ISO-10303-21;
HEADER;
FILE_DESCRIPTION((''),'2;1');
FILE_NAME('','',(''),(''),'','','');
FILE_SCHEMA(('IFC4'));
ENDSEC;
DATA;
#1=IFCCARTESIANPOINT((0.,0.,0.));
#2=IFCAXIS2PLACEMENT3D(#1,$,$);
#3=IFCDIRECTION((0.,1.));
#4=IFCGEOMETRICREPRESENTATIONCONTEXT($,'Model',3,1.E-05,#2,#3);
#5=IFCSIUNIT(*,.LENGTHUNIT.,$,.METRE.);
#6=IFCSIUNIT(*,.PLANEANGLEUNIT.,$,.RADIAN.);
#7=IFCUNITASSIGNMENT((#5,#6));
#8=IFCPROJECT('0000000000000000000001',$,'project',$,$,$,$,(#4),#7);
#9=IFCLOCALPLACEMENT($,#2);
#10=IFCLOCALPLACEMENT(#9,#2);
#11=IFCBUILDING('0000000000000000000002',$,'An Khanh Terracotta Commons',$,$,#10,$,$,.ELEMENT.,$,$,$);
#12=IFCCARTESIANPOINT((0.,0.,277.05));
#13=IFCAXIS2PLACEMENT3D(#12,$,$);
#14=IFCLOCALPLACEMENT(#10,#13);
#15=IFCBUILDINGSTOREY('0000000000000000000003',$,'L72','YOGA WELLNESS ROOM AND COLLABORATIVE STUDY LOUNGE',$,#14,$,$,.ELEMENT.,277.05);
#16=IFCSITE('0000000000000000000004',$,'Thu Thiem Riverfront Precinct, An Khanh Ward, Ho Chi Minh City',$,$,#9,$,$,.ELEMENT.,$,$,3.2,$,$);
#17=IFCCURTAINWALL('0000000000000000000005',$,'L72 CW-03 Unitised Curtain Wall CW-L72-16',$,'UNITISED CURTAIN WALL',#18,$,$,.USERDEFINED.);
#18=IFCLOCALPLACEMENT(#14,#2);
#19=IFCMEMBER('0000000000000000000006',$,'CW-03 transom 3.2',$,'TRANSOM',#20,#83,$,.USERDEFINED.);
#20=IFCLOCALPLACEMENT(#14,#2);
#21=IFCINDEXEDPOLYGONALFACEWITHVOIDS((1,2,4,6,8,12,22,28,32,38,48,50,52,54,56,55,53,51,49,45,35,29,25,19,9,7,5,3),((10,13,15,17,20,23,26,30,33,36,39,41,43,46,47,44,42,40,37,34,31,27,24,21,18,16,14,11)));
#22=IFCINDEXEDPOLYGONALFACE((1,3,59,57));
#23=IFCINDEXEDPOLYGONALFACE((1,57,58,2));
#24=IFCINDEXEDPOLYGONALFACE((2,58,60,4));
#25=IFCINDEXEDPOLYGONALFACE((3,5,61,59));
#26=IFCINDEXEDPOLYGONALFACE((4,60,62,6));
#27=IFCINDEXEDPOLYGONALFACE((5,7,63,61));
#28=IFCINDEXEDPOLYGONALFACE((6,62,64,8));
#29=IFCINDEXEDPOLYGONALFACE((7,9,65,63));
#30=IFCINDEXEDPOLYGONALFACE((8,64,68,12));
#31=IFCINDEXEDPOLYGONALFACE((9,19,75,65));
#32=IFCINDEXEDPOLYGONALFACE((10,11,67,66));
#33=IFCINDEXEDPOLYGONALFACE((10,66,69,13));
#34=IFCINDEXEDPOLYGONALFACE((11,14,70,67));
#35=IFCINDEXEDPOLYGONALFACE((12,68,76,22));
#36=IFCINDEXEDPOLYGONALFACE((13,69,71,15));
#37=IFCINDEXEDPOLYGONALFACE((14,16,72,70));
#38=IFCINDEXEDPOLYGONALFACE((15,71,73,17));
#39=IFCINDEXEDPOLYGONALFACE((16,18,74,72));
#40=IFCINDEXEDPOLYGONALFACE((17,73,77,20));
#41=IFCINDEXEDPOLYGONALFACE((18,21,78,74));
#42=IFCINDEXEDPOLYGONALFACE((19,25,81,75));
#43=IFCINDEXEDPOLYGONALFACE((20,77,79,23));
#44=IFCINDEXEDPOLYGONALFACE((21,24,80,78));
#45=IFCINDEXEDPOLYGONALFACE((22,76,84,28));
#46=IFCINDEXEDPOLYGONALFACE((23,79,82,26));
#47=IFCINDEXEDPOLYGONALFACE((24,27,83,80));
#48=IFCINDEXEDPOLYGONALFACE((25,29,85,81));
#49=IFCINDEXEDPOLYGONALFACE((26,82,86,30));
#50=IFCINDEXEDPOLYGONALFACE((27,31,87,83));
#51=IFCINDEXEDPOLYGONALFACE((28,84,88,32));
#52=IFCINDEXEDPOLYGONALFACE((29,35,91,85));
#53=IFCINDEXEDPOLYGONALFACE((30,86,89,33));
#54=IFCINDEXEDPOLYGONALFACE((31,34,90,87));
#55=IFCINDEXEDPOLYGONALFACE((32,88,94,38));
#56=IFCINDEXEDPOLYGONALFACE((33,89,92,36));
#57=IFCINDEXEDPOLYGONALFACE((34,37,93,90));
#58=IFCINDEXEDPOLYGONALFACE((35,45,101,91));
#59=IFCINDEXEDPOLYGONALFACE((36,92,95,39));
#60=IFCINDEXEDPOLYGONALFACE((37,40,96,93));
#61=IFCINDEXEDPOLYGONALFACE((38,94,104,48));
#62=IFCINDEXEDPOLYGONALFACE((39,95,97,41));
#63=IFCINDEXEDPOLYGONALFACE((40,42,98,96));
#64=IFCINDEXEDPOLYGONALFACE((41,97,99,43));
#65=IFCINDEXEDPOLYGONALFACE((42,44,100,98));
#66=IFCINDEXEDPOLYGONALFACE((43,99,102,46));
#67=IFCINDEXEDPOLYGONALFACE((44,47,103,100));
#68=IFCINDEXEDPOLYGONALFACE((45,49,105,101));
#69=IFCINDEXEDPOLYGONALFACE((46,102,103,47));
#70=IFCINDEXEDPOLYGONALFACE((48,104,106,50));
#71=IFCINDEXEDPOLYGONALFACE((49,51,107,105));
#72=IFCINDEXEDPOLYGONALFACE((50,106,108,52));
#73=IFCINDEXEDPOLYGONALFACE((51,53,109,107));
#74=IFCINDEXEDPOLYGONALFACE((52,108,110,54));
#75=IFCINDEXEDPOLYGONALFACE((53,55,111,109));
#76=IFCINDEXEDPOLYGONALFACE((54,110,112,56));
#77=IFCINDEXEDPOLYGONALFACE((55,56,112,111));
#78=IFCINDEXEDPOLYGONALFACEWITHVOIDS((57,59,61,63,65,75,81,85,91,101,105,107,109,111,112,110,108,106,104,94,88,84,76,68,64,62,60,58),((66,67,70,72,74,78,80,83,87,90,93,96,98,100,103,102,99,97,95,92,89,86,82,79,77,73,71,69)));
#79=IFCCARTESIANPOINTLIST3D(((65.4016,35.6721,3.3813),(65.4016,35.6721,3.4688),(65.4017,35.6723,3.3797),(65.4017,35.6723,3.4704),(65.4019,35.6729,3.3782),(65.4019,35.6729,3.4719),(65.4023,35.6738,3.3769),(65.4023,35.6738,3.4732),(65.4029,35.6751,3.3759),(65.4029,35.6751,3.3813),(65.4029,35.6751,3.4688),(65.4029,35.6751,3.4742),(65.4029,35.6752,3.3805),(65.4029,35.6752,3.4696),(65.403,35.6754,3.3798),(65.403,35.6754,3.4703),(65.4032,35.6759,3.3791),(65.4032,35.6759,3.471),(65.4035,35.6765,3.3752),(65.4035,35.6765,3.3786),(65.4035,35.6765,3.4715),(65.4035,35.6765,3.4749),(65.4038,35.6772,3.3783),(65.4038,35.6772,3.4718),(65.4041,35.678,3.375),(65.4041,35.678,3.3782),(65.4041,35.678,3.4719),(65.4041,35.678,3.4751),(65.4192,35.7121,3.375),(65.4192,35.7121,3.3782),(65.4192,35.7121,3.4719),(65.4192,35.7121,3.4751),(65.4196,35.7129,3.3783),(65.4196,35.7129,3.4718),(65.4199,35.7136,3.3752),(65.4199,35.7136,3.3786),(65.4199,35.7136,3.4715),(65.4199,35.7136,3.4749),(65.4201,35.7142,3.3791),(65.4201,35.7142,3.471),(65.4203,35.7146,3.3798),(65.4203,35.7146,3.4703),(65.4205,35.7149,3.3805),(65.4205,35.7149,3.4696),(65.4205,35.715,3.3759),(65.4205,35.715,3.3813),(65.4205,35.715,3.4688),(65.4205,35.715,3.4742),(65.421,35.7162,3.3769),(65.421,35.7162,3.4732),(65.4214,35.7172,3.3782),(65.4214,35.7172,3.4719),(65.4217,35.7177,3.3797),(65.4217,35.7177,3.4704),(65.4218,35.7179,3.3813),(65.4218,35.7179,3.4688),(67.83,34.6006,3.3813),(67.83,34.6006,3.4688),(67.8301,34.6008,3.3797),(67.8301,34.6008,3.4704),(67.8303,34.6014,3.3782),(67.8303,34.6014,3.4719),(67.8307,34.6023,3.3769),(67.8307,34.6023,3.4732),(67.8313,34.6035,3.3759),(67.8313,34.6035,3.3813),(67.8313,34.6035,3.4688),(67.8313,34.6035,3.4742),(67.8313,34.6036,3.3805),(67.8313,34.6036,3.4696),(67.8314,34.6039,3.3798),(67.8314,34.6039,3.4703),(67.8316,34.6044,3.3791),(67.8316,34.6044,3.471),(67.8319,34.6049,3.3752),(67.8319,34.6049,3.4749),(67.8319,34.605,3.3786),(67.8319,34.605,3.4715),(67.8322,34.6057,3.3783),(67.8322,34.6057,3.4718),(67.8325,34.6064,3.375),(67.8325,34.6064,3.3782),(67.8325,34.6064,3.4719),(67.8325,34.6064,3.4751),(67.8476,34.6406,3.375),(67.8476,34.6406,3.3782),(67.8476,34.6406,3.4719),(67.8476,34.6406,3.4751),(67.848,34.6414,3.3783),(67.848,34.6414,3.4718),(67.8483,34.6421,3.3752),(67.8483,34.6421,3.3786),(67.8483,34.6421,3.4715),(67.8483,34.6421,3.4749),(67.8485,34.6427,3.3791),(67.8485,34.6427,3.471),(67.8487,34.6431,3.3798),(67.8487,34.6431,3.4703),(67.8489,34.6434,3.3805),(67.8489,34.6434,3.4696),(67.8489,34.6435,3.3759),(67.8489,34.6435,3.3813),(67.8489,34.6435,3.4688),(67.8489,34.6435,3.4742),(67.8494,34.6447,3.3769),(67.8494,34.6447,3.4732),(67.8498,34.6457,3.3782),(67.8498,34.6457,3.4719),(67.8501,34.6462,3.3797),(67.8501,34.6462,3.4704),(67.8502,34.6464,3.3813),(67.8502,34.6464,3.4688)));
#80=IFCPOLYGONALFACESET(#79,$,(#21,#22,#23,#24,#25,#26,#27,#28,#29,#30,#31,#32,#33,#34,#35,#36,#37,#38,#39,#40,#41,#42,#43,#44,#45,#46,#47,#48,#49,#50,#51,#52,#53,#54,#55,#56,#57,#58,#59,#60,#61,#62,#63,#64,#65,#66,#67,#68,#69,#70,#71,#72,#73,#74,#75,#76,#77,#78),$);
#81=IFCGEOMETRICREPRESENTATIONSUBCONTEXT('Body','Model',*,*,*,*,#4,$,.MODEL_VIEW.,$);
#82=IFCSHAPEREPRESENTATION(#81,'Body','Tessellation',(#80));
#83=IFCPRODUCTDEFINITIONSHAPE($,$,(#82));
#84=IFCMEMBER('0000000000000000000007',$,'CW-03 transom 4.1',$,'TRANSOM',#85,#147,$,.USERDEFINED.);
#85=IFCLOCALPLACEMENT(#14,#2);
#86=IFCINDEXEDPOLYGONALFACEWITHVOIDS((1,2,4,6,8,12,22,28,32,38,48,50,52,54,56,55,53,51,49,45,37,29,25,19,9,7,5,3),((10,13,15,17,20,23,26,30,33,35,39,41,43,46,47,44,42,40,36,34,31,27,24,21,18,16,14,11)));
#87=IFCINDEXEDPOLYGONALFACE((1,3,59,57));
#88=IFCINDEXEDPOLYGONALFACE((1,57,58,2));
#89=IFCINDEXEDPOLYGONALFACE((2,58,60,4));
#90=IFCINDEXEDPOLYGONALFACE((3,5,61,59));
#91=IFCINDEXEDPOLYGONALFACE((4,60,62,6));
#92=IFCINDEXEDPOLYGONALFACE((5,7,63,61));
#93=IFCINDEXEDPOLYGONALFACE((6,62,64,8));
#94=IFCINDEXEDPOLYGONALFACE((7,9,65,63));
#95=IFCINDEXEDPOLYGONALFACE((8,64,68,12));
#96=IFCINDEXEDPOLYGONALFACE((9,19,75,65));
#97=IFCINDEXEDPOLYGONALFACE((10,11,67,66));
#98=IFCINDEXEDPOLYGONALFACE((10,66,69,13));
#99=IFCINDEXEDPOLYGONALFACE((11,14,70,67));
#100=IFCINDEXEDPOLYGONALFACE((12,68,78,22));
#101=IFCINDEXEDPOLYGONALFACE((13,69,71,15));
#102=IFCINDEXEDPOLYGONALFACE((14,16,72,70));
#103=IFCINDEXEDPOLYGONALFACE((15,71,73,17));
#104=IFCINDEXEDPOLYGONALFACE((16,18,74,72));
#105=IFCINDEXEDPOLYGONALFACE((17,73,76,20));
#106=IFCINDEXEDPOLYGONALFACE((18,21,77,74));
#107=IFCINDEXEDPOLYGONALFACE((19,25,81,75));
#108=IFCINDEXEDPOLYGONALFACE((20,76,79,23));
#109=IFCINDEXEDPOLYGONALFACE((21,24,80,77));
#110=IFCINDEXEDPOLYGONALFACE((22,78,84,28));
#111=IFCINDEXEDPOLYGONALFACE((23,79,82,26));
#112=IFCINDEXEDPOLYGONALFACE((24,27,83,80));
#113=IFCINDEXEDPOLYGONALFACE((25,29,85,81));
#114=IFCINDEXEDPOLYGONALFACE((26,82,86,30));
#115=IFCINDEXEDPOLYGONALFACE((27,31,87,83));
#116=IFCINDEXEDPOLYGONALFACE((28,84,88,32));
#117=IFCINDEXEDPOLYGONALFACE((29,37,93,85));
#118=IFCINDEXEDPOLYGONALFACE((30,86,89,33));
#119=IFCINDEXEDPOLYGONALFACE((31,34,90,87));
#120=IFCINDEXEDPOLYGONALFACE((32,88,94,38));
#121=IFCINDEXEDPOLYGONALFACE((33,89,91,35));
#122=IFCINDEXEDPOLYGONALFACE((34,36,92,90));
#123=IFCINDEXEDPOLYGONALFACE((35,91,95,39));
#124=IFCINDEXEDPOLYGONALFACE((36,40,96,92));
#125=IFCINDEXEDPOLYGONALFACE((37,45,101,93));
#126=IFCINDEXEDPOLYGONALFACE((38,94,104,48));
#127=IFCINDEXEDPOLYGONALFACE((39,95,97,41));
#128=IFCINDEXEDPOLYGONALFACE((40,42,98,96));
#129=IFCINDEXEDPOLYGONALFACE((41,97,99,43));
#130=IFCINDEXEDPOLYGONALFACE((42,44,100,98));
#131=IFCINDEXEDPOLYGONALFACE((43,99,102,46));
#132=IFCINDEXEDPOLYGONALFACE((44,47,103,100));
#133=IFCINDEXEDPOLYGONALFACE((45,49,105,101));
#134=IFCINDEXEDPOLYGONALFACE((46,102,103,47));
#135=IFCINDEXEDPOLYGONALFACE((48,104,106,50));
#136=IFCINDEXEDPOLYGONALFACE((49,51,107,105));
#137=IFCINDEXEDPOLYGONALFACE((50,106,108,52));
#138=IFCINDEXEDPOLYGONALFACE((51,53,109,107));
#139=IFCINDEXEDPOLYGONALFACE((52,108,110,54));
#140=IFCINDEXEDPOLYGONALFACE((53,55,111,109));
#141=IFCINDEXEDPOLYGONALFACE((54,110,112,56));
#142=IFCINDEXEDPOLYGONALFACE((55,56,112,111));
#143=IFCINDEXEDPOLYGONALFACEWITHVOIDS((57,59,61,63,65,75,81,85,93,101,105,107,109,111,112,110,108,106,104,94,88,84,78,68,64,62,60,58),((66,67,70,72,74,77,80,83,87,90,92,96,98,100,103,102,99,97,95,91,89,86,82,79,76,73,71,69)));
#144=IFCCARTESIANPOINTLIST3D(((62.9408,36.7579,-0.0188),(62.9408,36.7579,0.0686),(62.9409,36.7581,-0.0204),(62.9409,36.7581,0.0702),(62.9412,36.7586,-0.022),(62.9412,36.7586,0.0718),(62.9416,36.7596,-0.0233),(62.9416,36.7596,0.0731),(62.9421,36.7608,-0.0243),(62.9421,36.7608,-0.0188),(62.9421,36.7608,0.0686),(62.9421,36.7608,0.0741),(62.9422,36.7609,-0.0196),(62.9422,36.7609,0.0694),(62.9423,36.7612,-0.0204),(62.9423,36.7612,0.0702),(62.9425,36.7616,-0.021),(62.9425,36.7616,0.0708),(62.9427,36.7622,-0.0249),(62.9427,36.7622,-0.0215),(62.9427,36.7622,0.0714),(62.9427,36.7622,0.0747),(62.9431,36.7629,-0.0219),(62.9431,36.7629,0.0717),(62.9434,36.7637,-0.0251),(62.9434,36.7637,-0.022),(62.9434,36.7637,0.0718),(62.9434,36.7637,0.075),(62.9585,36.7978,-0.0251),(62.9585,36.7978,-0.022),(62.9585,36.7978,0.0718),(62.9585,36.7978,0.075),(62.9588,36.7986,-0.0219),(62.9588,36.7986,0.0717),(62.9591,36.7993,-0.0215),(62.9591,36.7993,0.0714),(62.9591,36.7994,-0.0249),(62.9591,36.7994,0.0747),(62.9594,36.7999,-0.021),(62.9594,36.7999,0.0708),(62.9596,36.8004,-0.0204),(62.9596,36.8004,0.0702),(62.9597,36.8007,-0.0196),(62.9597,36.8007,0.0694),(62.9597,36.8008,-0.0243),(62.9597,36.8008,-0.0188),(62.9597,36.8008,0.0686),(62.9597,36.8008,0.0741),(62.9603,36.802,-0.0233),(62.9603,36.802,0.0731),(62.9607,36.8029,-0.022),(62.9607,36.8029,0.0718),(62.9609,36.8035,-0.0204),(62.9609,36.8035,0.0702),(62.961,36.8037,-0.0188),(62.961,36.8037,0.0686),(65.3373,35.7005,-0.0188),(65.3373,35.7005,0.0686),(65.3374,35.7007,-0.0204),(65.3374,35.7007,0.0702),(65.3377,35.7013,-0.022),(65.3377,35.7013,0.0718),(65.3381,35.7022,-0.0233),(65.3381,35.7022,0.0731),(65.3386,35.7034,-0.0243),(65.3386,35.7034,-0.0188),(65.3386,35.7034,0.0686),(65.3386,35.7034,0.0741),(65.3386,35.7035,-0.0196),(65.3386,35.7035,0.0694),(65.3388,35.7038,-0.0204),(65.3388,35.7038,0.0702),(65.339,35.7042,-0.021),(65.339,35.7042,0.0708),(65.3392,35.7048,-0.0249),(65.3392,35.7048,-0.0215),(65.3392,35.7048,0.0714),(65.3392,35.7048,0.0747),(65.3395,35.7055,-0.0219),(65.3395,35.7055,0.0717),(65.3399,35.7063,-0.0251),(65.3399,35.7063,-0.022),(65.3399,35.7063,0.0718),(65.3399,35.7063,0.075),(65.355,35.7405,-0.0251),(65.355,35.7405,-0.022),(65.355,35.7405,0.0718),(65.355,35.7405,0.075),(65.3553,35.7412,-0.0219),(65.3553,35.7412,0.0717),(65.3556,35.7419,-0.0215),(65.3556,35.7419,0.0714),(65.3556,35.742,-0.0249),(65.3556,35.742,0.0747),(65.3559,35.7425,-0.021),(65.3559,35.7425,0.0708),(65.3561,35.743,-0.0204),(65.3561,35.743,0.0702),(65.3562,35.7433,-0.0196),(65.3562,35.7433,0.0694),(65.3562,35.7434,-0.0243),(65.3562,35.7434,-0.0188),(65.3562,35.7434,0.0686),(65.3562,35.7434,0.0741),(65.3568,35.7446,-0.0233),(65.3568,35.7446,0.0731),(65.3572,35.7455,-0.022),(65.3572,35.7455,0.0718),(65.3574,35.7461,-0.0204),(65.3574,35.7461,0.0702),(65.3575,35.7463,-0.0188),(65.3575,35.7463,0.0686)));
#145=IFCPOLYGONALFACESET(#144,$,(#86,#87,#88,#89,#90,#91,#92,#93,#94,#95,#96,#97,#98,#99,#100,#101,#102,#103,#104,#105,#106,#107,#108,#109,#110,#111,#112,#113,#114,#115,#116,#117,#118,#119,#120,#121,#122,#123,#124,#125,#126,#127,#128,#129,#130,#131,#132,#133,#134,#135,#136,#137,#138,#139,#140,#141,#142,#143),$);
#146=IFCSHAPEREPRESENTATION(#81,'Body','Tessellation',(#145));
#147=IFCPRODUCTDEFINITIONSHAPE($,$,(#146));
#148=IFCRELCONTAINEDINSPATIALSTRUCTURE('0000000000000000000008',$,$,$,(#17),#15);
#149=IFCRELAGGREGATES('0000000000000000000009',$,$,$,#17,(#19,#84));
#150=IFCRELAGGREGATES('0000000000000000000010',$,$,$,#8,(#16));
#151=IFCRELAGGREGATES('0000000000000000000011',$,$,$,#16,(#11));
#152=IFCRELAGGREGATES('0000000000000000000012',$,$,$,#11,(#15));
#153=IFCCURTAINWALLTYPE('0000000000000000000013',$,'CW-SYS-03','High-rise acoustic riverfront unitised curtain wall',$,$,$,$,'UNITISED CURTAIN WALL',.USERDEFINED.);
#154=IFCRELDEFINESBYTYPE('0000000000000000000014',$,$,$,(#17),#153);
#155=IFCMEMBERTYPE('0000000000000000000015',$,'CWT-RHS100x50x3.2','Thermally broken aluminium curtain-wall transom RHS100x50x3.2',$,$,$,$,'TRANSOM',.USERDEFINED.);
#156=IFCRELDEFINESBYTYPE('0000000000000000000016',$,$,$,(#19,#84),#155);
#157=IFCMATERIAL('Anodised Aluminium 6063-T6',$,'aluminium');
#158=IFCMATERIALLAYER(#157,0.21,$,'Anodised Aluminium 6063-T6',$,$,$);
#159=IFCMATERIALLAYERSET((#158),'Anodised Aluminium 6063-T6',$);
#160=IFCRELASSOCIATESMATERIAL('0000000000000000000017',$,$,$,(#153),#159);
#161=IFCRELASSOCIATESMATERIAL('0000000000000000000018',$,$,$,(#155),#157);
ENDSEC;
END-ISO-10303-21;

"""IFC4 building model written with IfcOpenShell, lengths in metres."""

from ifc_helpers import new_model, si_unit, direction, frame, origin, origin_2d, place, context, subcontext, project, spatial, hollow_rectangle, extrude, material, layer, layer_set, material_profile, profile_set, type_object, element, aggregate, save


model = new_model("IFC4")

# Units and contexts
model_context = context("Model", 3, precision=1e-05, world=origin(), true_north=direction((0.0, 1.0)))
body_context = subcontext(model_context, "Body", "Model", "MODEL_VIEW")
ifc_project = project(units=[si_unit("LENGTHUNIT", "METRE"), si_unit("PLANEANGLEUNIT", "RADIAN")], contexts=[model_context])

# Site, building, storey
site_placement = place(None, origin())
site = spatial("IfcSite", under=ifc_project, at=site_placement, Name="Thu Thiem Riverfront Precinct, An Khanh Ward, Ho Chi Minh City", CompositionType="ELEMENT", RefElevation=3.2)
building_placement = place(site_placement, origin())
building = spatial("IfcBuilding", under=site, at=building_placement, Name="An Khanh Terracotta Commons", CompositionType="ELEMENT")
storey_placement = place(building_placement, frame((0.0, 0.0, 277.05)))
storey = spatial("IfcBuildingStorey", under=building, at=storey_placement, Name="L72", Description="YOGA WELLNESS ROOM AND COLLABORATIVE STUDY LOUNGE", CompositionType="ELEMENT", Elevation=277.05)

# Curtain wall, members
ifc_material_1 = material(Name="Anodised Aluminium 6063-T6", Category="aluminium")
ifc_layer_1 = layer(ifc_material_1, 0.21, Name="Anodised Aluminium 6063-T6")
ifc_layer_set_1 = layer_set([ifc_layer_1], Name="Anodised Aluminium 6063-T6")
curtain_wall_type = type_object("IfcCurtainWallType", Name="CW-SYS-03", Description="High-rise acoustic riverfront unitised curtain wall", ElementType="UNITISED CURTAIN WALL", PredefinedType="USERDEFINED", material=ifc_layer_set_1)
curtain_wall_placement = place(storey_placement, origin())
curtain_wall = element("IfcCurtainWall", 1, at=curtain_wall_placement, inside=storey, type_object=curtain_wall_type, Name="L72 CW-03 Unitised Curtain Wall CW-L72-16", ObjectType="UNITISED CURTAIN WALL", PredefinedType="USERDEFINED")
ifc_material_profile_1 = material_profile(ifc_material_1, hollow_rectangle(XDim=0.05, YDim=0.1001, WallThickness=0.0032, InnerFilletRadius=0.0032, OuterFilletRadius=0.0063, at=origin_2d()), Name="RHS100x50x3.2")
ifc_profile_set_1 = profile_set([ifc_material_profile_1], Name="Anodised Aluminium 6063-T6")
member_type_1 = type_object("IfcMemberType", Name="CWT-RHS100x50x3.2", Description="Thermally broken aluminium curtain-wall transom RHS100x50x3.2", ElementType="TRANSOM", PredefinedType="USERDEFINED", material=ifc_profile_set_1)
member_1_placement = place(storey_placement, frame((67.8401, 34.6235, 3.425), z_axis=(-0.914897, 0.403688, 0.0), x_axis=(-0.403688, -0.914897, 0.0)))
member_1 = element("IfcMember", 2, at=member_1_placement, type_object=member_type_1, Name="CW-03 transom 3.2", ObjectType="TRANSOM", PredefinedType="USERDEFINED", context=body_context, shape_type="SweptSolid", body=[
    extrude(hollow_rectangle(XDim=0.05, YDim=0.1001, WallThickness=0.0032, InnerFilletRadius=0.0032, OuterFilletRadius=0.0063, at=origin_2d()), origin(), (0.0, 0.0, 1.0), 2.6543),
])
member_2_placement = place(storey_placement, frame((65.3474, 35.7234, 0.0249), z_axis=(-0.914904, 0.403672, 0.0), x_axis=(-0.403672, -0.914904, 0.0)))
member_2 = element("IfcMember", 3, at=member_2_placement, type_object=member_type_1, Name="CW-03 transom 4.1", ObjectType="TRANSOM", PredefinedType="USERDEFINED", context=body_context, shape_type="SweptSolid", body=[
    extrude(hollow_rectangle(XDim=0.05, YDim=0.1001, WallThickness=0.0032, InnerFilletRadius=0.0032, OuterFilletRadius=0.0063, at=origin_2d()), origin(), (0.0, 0.0, 1.0), 2.6194),
])
aggregate(curtain_wall, [member_1, member_2])

save(model, "model.ifc")
